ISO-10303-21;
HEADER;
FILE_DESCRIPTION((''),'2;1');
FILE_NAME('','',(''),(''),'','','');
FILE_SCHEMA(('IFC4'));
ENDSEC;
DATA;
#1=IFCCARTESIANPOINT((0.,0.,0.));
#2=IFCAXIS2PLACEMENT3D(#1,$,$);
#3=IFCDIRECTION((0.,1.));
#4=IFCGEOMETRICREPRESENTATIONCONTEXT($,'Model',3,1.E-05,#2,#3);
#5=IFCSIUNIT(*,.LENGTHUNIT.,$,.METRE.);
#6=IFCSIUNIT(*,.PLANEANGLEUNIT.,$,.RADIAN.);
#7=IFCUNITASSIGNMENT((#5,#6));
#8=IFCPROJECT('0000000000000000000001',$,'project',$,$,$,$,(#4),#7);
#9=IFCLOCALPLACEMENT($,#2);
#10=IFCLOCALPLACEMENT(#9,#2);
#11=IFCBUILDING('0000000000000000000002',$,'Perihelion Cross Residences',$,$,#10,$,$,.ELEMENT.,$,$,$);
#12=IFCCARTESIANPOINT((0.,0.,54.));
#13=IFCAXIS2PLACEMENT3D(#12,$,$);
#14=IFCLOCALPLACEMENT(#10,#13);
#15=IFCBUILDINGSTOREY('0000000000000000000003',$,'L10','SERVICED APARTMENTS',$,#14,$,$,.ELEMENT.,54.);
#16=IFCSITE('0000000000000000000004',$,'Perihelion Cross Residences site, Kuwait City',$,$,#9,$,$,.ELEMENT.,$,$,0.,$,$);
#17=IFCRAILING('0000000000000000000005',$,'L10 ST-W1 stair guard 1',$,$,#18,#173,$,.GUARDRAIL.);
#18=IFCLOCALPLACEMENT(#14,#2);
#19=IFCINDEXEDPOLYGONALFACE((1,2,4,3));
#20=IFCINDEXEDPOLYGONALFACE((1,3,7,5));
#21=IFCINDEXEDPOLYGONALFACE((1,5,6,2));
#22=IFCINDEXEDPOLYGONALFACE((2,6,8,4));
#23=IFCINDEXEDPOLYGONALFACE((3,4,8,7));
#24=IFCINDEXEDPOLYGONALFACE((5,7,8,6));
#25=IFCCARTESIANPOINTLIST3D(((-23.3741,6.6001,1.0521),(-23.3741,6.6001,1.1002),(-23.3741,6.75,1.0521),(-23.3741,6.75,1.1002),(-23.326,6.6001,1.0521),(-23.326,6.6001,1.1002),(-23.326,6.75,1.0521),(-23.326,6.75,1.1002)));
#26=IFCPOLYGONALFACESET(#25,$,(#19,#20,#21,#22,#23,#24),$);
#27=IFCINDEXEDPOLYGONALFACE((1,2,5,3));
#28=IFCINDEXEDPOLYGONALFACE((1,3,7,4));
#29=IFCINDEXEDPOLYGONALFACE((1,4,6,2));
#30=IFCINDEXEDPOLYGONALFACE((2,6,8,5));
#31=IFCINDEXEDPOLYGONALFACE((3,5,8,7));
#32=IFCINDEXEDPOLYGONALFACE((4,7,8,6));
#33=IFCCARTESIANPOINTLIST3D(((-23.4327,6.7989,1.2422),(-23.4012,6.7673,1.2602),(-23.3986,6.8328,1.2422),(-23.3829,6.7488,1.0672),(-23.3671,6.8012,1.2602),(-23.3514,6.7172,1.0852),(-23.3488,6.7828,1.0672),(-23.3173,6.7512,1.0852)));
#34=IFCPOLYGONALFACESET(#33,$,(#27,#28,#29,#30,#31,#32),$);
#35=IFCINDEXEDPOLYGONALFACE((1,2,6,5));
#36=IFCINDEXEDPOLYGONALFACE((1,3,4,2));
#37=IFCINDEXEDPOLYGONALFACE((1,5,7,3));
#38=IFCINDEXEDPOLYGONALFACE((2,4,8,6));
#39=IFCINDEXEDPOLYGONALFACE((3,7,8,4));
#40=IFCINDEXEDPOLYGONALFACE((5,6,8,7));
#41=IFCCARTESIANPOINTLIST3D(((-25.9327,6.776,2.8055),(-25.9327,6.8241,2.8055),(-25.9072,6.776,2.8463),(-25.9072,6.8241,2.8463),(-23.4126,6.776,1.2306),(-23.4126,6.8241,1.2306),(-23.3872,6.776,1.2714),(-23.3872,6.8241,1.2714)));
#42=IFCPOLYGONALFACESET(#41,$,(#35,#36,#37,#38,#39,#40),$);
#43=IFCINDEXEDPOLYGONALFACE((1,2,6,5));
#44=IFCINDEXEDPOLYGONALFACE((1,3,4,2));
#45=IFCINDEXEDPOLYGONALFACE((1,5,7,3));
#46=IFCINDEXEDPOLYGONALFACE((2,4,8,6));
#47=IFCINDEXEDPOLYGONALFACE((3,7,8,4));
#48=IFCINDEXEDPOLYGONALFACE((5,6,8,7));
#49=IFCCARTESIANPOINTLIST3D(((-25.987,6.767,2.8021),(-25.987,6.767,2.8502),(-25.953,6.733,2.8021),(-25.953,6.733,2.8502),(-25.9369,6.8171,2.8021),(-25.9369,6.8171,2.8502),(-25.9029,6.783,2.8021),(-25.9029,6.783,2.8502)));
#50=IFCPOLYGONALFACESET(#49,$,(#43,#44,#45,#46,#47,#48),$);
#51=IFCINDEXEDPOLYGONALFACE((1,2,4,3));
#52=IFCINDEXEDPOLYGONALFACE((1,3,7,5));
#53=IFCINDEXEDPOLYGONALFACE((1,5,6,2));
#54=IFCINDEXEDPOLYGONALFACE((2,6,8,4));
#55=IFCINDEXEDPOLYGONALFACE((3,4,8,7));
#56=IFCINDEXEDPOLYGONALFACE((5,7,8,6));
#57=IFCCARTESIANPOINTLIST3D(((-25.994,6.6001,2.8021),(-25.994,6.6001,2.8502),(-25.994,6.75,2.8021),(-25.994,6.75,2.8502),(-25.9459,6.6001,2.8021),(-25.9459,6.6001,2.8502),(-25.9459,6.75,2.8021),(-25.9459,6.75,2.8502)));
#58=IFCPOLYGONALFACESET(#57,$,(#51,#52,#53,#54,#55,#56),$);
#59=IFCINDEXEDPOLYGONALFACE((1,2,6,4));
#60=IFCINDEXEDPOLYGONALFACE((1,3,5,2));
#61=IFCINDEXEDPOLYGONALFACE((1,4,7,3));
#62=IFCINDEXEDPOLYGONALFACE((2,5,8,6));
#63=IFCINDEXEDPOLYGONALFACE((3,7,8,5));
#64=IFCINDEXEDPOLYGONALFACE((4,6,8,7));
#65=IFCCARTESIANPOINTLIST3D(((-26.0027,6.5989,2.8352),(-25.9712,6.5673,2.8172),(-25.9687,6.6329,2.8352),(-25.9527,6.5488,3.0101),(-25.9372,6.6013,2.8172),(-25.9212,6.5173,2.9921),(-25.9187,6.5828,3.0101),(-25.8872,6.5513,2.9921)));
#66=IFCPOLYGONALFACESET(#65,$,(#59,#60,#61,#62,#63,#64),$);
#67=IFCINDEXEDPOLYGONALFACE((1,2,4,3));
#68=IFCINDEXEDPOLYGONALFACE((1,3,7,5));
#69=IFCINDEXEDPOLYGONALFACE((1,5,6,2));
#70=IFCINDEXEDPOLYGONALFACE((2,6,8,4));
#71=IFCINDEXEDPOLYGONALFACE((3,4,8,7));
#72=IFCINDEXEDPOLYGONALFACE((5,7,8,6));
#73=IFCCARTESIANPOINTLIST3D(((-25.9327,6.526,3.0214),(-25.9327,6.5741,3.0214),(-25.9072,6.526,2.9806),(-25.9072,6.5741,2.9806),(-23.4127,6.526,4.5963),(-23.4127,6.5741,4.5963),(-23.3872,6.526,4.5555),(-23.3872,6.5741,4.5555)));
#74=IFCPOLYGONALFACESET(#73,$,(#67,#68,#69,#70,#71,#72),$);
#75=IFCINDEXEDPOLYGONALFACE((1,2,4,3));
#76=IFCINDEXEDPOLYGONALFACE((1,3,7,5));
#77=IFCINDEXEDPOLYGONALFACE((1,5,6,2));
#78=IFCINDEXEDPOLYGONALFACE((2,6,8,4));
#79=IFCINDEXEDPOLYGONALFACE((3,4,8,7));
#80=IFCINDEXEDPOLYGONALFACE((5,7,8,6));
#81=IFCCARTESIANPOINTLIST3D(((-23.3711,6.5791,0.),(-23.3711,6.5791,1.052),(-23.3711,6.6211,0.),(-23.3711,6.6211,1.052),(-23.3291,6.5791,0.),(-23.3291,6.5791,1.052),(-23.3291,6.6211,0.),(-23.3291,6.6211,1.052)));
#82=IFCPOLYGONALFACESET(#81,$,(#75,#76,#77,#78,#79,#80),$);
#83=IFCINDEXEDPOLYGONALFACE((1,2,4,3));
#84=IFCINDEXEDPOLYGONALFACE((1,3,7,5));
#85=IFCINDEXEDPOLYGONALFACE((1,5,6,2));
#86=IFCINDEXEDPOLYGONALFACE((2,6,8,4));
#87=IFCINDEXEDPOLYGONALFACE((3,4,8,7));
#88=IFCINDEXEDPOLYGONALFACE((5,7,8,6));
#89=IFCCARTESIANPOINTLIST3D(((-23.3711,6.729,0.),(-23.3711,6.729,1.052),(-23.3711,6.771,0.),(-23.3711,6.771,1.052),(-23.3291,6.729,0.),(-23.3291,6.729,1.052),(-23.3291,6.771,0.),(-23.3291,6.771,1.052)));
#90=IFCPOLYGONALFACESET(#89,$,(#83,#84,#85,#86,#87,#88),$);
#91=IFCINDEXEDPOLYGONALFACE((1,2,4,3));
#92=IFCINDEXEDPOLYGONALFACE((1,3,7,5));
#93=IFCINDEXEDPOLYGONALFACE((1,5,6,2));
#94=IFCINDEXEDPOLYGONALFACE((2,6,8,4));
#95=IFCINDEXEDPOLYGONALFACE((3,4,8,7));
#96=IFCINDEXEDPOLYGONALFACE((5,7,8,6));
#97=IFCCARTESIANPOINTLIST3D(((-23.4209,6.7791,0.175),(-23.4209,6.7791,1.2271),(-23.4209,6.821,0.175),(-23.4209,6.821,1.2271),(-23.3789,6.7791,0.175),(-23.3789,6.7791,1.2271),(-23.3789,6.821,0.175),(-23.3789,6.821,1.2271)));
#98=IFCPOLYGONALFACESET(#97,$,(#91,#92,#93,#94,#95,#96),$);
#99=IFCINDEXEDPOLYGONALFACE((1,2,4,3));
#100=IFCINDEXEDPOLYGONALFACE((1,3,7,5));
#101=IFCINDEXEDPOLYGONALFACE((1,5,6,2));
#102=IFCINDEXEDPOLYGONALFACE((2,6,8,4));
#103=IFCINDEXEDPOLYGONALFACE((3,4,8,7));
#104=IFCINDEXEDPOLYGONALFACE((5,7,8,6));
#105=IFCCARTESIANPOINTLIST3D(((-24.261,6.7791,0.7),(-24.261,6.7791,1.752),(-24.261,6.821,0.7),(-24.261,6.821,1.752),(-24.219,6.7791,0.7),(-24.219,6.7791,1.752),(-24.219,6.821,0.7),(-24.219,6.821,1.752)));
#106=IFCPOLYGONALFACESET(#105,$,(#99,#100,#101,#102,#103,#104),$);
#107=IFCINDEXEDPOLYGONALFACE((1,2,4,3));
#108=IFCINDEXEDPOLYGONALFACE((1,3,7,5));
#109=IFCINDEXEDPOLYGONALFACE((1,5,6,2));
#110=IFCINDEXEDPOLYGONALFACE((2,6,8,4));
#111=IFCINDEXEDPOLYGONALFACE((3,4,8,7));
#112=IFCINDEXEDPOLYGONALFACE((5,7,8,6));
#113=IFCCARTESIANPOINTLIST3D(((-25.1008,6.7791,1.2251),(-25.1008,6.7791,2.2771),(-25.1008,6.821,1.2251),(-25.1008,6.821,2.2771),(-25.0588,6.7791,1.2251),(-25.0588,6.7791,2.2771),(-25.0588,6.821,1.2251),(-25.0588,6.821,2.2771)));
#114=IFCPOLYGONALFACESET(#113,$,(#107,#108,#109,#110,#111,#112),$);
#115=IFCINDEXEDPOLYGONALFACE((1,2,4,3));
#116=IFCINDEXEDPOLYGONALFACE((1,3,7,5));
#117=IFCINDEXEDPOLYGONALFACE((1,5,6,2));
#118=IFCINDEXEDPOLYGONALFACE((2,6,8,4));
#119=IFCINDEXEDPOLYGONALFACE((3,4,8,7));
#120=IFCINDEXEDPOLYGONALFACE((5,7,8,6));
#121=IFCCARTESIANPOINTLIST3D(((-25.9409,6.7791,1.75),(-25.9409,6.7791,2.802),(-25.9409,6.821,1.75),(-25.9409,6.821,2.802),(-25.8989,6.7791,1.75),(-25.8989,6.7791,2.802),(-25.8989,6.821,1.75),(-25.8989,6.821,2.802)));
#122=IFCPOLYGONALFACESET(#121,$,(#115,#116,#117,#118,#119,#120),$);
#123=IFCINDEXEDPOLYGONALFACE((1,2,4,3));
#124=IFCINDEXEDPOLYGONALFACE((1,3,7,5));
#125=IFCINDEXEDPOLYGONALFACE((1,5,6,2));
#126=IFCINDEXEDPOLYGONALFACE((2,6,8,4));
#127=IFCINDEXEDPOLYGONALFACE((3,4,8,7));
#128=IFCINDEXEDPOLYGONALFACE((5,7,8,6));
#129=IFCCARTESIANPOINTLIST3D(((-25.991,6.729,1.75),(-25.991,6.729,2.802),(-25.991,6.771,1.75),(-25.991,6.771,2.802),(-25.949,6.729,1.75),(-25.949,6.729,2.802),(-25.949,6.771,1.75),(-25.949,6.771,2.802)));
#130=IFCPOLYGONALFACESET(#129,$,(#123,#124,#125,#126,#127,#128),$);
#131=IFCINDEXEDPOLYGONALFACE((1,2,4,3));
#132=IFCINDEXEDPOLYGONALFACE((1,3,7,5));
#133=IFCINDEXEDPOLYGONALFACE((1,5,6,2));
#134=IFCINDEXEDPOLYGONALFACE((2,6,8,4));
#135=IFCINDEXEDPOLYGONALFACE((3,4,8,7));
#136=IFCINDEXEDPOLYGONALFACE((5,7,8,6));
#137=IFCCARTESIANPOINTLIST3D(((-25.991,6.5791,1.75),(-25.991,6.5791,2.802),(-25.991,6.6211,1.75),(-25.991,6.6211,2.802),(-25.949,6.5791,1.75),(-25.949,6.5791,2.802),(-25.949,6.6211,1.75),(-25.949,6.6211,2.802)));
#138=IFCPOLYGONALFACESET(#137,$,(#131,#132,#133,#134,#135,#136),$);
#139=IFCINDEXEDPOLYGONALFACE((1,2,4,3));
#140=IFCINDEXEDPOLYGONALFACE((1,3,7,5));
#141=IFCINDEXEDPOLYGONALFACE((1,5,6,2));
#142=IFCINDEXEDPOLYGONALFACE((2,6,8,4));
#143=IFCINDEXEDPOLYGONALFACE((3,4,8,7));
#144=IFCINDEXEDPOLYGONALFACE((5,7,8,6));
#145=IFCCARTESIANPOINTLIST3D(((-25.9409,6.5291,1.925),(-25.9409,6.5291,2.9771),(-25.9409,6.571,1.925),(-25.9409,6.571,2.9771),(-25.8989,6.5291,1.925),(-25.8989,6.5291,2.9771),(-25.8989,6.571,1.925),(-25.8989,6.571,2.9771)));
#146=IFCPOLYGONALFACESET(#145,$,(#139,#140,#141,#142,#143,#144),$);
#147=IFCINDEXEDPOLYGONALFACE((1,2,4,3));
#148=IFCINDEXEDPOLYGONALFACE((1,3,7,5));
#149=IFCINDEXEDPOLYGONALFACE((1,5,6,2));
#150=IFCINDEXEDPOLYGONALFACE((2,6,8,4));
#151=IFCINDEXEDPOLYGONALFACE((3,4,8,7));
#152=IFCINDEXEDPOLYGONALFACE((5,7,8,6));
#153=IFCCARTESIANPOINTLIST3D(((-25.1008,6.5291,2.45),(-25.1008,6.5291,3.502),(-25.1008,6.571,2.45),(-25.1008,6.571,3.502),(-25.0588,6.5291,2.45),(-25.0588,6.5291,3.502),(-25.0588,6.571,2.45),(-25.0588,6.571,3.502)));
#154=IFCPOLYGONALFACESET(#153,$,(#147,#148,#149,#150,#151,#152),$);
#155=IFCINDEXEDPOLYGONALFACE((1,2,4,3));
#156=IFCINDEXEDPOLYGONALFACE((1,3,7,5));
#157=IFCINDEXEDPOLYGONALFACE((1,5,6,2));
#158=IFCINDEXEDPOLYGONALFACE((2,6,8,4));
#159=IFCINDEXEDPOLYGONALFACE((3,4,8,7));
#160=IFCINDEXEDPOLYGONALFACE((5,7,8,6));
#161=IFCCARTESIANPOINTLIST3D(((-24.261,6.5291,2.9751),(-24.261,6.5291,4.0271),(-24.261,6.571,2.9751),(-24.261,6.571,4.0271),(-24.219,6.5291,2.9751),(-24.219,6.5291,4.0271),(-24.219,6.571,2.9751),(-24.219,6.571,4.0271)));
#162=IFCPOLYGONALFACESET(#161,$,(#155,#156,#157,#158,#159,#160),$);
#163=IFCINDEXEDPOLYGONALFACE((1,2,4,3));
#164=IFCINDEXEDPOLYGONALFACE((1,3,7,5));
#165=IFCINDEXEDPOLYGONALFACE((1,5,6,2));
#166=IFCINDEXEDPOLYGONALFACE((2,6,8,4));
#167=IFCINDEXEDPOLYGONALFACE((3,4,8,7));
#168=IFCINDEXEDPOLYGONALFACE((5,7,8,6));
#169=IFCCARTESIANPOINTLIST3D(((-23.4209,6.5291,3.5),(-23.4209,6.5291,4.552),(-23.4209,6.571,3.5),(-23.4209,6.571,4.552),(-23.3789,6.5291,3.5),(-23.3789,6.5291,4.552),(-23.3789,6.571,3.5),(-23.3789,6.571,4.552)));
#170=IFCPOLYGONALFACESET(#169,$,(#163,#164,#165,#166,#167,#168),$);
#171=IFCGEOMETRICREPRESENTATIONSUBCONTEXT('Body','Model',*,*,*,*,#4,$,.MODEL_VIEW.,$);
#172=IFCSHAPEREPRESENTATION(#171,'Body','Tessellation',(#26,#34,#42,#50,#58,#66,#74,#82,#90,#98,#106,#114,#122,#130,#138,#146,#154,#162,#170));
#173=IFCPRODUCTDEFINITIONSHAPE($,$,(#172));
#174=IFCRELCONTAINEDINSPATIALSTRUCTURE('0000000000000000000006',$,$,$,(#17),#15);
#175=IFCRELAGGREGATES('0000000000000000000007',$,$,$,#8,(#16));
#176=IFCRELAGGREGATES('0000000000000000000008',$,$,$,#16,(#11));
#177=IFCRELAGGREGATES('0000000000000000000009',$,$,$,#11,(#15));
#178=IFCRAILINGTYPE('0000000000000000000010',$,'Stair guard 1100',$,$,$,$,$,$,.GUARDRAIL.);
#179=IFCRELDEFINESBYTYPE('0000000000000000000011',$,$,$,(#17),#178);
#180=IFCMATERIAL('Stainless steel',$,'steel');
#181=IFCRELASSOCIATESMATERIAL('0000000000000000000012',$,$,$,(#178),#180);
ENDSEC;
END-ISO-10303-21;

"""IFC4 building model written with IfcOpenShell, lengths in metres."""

from ifc_helpers import new_model, si_unit, direction, frame, origin, origin_2d, place, context, subcontext, project, spatial, rectangle, extrude, material, type_object, element, save


model = new_model("IFC4")

# Units and contexts
model_context = context("Model", 3, precision=1e-05, world=origin(), true_north=direction((0.0, 1.0)))
body_context = subcontext(model_context, "Body", "Model", "MODEL_VIEW")
ifc_project = project(units=[si_unit("LENGTHUNIT", "METRE"), si_unit("PLANEANGLEUNIT", "RADIAN")], contexts=[model_context])

# Site, building, storey
site_placement = place(None, origin())
site = spatial("IfcSite", under=ifc_project, at=site_placement, Name="Perihelion Cross Residences site, Kuwait City", CompositionType="ELEMENT", RefElevation=0.0)
building_placement = place(site_placement, origin())
building = spatial("IfcBuilding", under=site, at=building_placement, Name="Perihelion Cross Residences", CompositionType="ELEMENT")
storey_placement = place(building_placement, frame((0.0, 0.0, 54.0)))
storey = spatial("IfcBuildingStorey", under=building, at=storey_placement, Name="L10", Description="SERVICED APARTMENTS", CompositionType="ELEMENT", Elevation=54.0)

# Railing
ifc_material_1 = material(Name="Stainless steel", Category="steel")
railing_type_1 = type_object("IfcRailingType", Name="Stair guard 1100", PredefinedType="GUARDRAIL", material=ifc_material_1)
railing_1_placement = place(storey_placement, frame((-23.3501, 6.6001, 0.0)))
element("IfcRailing", 1, at=railing_1_placement, inside=storey, type_object=railing_type_1, Name="L10 ST-W1 stair guard 1", PredefinedType="GUARDRAIL", context=body_context, shape_type="SweptSolid", body=[
    extrude(rectangle(XDim=0.0481, YDim=0.0481, at=origin_2d()), frame((0.0, 0.0, 1.0762), z_axis=(0.0, 1.0, 0.0), x_axis=(-1.0, 0.0, 0.0)), (0.0, 0.0, 1.0), 0.1499),
    extrude(rectangle(XDim=0.0481, YDim=0.0481, at=origin_2d()), frame((0.0, 0.1499, 1.0762), z_axis=(-0.263862, 0.265156, 0.927399), x_axis=(-0.708834, -0.705376, 0.0)), (0.0, 0.0, 1.0), 0.1887),
    extrude(rectangle(XDim=0.0481, YDim=0.0481, at=origin_2d()), frame((-0.0498, 0.2, 1.251), z_axis=(-0.848008, 0.0, 0.529984), x_axis=(0.0, -1.0, 0.0)), (0.0, 0.0, 1.0), 2.9717),
    extrude(rectangle(XDim=0.0481, YDim=0.0481, at=origin_2d()), frame((-2.5698, 0.2, 2.8262), z_axis=(-0.707107, -0.707107, 0.0), x_axis=(0.707107, -0.707107, 0.0)), (0.0, 0.0, 1.0), 0.0708),
    extrude(rectangle(XDim=0.0481, YDim=0.0481, at=origin_2d()), frame((-2.6199, 0.1499, 2.8262), z_axis=(0.0, -1.0, 0.0), x_axis=(1.0, 0.0, 0.0)), (0.0, 0.0, 1.0), 0.1499),
    extrude(rectangle(XDim=0.0481, YDim=0.0481, at=origin_2d()), frame((-2.6199, 0.0, 2.8262), z_axis=(0.265065, -0.265065, 0.927082), x_axis=(0.707107, 0.707107, 0.0)), (0.0, 0.0, 1.0), 0.1887),
    extrude(rectangle(XDim=0.0481, YDim=0.0481, at=origin_2d()), frame((-2.5698, -0.05, 3.001), z_axis=(0.848008, 0.0, 0.529984), x_axis=(0.0, 1.0, 0.0)), (0.0, 0.0, 1.0), 2.9717),
    extrude(rectangle(XDim=0.042, YDim=0.042, at=origin_2d()), origin(), (0.0, 0.0, 1.0), 1.052),
    extrude(rectangle(XDim=0.042, YDim=0.042, at=origin_2d()), frame((0.0, 0.1499, 0.0)), (0.0, 0.0, 1.0), 1.052),
    extrude(rectangle(XDim=0.042, YDim=0.042, at=origin_2d()), frame((-0.0498, 0.2, 0.175)), (0.0, 0.0, 1.0), 1.052),
    extrude(rectangle(XDim=0.042, YDim=0.042, at=origin_2d()), frame((-0.8899, 0.2, 0.7)), (0.0, 0.0, 1.0), 1.052),
    extrude(rectangle(XDim=0.042, YDim=0.042, at=origin_2d()), frame((-1.7297, 0.2, 1.2251)), (0.0, 0.0, 1.0), 1.052),
    extrude(rectangle(XDim=0.042, YDim=0.042, at=origin_2d()), frame((-2.5698, 0.2, 1.75)), (0.0, 0.0, 1.0), 1.052),
    extrude(rectangle(XDim=0.042, YDim=0.042, at=origin_2d()), frame((-2.6199, 0.1499, 1.75)), (0.0, 0.0, 1.0), 1.052),
    extrude(rectangle(XDim=0.042, YDim=0.042, at=origin_2d()), frame((-2.6199, 0.0, 1.75)), (0.0, 0.0, 1.0), 1.052),
    extrude(rectangle(XDim=0.042, YDim=0.042, at=origin_2d()), frame((-2.5698, -0.05, 1.925)), (0.0, 0.0, 1.0), 1.052),
    extrude(rectangle(XDim=0.042, YDim=0.042, at=origin_2d()), frame((-1.7297, -0.05, 2.45)), (0.0, 0.0, 1.0), 1.052),
    extrude(rectangle(XDim=0.042, YDim=0.042, at=origin_2d()), frame((-0.8899, -0.05, 2.9751)), (0.0, 0.0, 1.0), 1.052),
    extrude(rectangle(XDim=0.042, YDim=0.042, at=origin_2d()), frame((-0.0498, -0.05, 3.5)), (0.0, 0.0, 1.0), 1.052),
])

save(model, "model.ifc")
